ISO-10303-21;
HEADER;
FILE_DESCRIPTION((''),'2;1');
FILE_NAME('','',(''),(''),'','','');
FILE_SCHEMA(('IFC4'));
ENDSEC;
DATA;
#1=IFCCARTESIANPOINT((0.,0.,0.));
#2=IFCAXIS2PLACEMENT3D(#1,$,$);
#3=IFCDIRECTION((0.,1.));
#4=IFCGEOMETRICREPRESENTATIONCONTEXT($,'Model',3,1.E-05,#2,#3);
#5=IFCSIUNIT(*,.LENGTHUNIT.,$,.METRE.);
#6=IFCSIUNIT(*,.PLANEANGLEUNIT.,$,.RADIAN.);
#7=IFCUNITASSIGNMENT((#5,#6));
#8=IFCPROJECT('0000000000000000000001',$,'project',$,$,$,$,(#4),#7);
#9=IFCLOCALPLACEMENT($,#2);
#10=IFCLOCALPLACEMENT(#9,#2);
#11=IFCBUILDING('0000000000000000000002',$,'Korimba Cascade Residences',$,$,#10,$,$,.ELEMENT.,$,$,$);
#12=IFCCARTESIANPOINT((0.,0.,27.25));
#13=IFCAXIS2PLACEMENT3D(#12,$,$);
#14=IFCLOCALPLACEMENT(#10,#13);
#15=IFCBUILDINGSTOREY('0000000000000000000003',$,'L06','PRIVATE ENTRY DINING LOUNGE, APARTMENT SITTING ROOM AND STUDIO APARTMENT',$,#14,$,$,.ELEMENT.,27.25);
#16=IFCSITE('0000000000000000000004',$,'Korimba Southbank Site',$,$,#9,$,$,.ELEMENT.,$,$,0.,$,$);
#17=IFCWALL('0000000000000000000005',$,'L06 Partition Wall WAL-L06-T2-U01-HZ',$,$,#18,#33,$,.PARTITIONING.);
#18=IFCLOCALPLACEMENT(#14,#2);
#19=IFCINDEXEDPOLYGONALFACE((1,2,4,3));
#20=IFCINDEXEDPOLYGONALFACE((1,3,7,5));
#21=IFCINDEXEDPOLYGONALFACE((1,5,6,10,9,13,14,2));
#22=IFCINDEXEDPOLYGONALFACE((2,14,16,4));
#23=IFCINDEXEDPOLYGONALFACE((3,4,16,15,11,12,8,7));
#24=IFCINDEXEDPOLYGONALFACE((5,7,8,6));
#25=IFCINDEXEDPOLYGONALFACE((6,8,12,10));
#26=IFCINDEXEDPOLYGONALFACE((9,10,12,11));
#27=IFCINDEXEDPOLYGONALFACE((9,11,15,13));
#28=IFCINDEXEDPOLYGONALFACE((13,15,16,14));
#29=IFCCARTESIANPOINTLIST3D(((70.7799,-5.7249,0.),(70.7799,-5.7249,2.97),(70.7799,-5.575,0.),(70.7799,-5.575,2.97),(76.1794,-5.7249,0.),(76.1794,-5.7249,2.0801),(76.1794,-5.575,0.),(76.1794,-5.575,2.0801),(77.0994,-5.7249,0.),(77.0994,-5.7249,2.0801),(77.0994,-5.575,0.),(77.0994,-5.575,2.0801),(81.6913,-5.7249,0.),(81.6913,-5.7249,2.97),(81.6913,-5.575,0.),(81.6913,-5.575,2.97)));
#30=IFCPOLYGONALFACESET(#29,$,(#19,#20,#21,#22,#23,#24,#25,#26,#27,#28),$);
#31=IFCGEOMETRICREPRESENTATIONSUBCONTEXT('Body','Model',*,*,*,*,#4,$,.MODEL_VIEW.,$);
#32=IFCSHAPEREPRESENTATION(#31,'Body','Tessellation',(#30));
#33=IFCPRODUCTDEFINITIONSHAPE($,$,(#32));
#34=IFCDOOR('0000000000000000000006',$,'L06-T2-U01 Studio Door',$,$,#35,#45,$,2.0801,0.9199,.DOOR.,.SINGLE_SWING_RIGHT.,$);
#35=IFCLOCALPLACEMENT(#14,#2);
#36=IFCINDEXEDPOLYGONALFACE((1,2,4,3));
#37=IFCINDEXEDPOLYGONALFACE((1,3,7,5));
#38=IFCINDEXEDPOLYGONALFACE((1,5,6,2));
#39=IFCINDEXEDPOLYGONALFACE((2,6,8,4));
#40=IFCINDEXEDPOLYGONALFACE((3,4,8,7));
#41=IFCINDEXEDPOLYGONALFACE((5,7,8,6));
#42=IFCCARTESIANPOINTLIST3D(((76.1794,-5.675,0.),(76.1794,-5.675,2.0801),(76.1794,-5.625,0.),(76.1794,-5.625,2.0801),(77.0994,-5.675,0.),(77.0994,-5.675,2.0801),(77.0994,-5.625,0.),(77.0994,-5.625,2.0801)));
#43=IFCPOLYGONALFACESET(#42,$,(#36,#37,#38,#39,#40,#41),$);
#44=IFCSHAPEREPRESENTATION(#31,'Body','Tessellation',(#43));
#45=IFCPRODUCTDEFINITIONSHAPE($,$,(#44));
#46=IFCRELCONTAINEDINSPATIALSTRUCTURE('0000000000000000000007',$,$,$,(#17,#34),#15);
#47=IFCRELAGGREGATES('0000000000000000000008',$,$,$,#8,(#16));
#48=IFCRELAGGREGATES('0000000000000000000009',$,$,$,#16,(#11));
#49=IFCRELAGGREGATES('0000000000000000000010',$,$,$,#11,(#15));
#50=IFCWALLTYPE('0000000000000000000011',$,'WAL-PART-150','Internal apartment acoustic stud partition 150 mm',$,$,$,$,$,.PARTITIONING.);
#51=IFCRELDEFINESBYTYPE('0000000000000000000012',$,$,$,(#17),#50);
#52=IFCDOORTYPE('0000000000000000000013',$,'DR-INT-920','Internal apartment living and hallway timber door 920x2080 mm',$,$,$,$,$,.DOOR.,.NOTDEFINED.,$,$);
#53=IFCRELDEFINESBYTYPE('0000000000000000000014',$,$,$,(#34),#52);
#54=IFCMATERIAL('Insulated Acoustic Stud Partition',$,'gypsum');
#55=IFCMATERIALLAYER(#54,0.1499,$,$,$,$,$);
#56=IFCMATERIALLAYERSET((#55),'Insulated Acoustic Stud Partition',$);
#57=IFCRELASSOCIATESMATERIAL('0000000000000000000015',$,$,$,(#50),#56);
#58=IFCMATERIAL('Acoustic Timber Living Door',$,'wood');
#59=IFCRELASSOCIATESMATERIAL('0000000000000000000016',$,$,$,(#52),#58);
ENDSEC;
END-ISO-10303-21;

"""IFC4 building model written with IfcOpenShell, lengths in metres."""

from ifc_helpers import new_model, si_unit, direction, frame, frame_2d, origin, place, context, subcontext, project, spatial, rectangle, extrude, material, layer, layer_set, type_object, element, fill, save


model = new_model("IFC4")

# Units and contexts
model_context = context("Model", 3, precision=1e-05, world=origin(), true_north=direction((0.0, 1.0)))
body_context = subcontext(model_context, "Body", "Model", "MODEL_VIEW")
ifc_project = project(units=[si_unit("LENGTHUNIT", "METRE"), si_unit("PLANEANGLEUNIT", "RADIAN")], contexts=[model_context])

# Site, building, storey
site_placement = place(None, origin())
site = spatial("IfcSite", under=ifc_project, at=site_placement, Name="Korimba Southbank Site", CompositionType="ELEMENT", RefElevation=0.0)
building_placement = place(site_placement, origin())
building = spatial("IfcBuilding", under=site, at=building_placement, Name="Korimba Cascade Residences", CompositionType="ELEMENT")
storey_placement = place(building_placement, frame((0.0, 0.0, 27.25)))
storey = spatial("IfcBuildingStorey", under=building, at=storey_placement, Name="L06", Description="PRIVATE ENTRY DINING LOUNGE, APARTMENT SITTING ROOM AND STUDIO APARTMENT", CompositionType="ELEMENT", Elevation=27.25)

# Wall, opening, door
ifc_material_1 = material(Name="Insulated Acoustic Stud Partition", Category="gypsum")
ifc_layer_1 = layer(ifc_material_1, 0.1499)
ifc_layer_set_1 = layer_set([ifc_layer_1], Name="Insulated Acoustic Stud Partition")
wall_type_1 = type_object("IfcWallType", Name="WAL-PART-150", Description="Internal apartment acoustic stud partition 150 mm", PredefinedType="PARTITIONING", material=ifc_layer_set_1)
wall_1_placement = place(storey_placement, frame((70.78, -5.6499, 0.0), z_axis=(0.0, 0.0, 1.0), x_axis=(1.0, 0.0, 0.0)))
wall_1 = element("IfcWall", 1, at=wall_1_placement, inside=storey, type_object=wall_type_1, Name="L06 Partition Wall WAL-L06-T2-U01-HZ", PredefinedType="PARTITIONING", context=body_context, shape_type="SweptSolid", body=[
    extrude(rectangle(XDim=10.9114, YDim=0.1499, at=frame_2d((5.4556, 0.0))), origin(), (0.0, 0.0, 1.0), 2.97),
])
opening_1_placement = place(wall_1_placement, frame((5.3994, 0.0, 0.0)))
opening_1 = element("IfcOpeningElement", 2, at=opening_1_placement, cuts=wall_1, PredefinedType="OPENING", context=body_context, shape_type="SweptSolid", body=[
    extrude(rectangle(XDim=0.9199, YDim=2.0801, at=frame_2d((0.46, 1.04))), frame((0.0, 0.085, 0.0), z_axis=(0.0, -1.0, 0.0), x_axis=(1.0, 0.0, 0.0)), (0.0, 0.0, 1.0), 0.1699),
])
ifc_material_2 = material(Name="Acoustic Timber Living Door", Category="wood")
door_type_1 = type_object("IfcDoorType", Name="DR-INT-920", Description="Internal apartment living and hallway timber door 920x2080 mm", OperationType="NOTDEFINED", PredefinedType="DOOR", material=ifc_material_2)
door_1_placement = place(opening_1_placement, origin())
door_1 = element("IfcDoor", 3, at=door_1_placement, inside=storey, type_object=door_type_1, Name="L06-T2-U01 Studio Door", OperationType="SINGLE_SWING_RIGHT", OverallHeight=2.0801, OverallWidth=0.9199, PredefinedType="DOOR", context=body_context, shape_type="SweptSolid", body=[
    extrude(rectangle(XDim=0.9199, YDim=2.0801, at=frame_2d((0.46, 1.04))), frame((0.0, 0.0249, 0.0), z_axis=(0.0, -1.0, 0.0), x_axis=(1.0, 0.0, 0.0)), (0.0, 0.0, 1.0), 0.05),
])
fill(opening_1, door_1)

save(model, "model.ifc")
